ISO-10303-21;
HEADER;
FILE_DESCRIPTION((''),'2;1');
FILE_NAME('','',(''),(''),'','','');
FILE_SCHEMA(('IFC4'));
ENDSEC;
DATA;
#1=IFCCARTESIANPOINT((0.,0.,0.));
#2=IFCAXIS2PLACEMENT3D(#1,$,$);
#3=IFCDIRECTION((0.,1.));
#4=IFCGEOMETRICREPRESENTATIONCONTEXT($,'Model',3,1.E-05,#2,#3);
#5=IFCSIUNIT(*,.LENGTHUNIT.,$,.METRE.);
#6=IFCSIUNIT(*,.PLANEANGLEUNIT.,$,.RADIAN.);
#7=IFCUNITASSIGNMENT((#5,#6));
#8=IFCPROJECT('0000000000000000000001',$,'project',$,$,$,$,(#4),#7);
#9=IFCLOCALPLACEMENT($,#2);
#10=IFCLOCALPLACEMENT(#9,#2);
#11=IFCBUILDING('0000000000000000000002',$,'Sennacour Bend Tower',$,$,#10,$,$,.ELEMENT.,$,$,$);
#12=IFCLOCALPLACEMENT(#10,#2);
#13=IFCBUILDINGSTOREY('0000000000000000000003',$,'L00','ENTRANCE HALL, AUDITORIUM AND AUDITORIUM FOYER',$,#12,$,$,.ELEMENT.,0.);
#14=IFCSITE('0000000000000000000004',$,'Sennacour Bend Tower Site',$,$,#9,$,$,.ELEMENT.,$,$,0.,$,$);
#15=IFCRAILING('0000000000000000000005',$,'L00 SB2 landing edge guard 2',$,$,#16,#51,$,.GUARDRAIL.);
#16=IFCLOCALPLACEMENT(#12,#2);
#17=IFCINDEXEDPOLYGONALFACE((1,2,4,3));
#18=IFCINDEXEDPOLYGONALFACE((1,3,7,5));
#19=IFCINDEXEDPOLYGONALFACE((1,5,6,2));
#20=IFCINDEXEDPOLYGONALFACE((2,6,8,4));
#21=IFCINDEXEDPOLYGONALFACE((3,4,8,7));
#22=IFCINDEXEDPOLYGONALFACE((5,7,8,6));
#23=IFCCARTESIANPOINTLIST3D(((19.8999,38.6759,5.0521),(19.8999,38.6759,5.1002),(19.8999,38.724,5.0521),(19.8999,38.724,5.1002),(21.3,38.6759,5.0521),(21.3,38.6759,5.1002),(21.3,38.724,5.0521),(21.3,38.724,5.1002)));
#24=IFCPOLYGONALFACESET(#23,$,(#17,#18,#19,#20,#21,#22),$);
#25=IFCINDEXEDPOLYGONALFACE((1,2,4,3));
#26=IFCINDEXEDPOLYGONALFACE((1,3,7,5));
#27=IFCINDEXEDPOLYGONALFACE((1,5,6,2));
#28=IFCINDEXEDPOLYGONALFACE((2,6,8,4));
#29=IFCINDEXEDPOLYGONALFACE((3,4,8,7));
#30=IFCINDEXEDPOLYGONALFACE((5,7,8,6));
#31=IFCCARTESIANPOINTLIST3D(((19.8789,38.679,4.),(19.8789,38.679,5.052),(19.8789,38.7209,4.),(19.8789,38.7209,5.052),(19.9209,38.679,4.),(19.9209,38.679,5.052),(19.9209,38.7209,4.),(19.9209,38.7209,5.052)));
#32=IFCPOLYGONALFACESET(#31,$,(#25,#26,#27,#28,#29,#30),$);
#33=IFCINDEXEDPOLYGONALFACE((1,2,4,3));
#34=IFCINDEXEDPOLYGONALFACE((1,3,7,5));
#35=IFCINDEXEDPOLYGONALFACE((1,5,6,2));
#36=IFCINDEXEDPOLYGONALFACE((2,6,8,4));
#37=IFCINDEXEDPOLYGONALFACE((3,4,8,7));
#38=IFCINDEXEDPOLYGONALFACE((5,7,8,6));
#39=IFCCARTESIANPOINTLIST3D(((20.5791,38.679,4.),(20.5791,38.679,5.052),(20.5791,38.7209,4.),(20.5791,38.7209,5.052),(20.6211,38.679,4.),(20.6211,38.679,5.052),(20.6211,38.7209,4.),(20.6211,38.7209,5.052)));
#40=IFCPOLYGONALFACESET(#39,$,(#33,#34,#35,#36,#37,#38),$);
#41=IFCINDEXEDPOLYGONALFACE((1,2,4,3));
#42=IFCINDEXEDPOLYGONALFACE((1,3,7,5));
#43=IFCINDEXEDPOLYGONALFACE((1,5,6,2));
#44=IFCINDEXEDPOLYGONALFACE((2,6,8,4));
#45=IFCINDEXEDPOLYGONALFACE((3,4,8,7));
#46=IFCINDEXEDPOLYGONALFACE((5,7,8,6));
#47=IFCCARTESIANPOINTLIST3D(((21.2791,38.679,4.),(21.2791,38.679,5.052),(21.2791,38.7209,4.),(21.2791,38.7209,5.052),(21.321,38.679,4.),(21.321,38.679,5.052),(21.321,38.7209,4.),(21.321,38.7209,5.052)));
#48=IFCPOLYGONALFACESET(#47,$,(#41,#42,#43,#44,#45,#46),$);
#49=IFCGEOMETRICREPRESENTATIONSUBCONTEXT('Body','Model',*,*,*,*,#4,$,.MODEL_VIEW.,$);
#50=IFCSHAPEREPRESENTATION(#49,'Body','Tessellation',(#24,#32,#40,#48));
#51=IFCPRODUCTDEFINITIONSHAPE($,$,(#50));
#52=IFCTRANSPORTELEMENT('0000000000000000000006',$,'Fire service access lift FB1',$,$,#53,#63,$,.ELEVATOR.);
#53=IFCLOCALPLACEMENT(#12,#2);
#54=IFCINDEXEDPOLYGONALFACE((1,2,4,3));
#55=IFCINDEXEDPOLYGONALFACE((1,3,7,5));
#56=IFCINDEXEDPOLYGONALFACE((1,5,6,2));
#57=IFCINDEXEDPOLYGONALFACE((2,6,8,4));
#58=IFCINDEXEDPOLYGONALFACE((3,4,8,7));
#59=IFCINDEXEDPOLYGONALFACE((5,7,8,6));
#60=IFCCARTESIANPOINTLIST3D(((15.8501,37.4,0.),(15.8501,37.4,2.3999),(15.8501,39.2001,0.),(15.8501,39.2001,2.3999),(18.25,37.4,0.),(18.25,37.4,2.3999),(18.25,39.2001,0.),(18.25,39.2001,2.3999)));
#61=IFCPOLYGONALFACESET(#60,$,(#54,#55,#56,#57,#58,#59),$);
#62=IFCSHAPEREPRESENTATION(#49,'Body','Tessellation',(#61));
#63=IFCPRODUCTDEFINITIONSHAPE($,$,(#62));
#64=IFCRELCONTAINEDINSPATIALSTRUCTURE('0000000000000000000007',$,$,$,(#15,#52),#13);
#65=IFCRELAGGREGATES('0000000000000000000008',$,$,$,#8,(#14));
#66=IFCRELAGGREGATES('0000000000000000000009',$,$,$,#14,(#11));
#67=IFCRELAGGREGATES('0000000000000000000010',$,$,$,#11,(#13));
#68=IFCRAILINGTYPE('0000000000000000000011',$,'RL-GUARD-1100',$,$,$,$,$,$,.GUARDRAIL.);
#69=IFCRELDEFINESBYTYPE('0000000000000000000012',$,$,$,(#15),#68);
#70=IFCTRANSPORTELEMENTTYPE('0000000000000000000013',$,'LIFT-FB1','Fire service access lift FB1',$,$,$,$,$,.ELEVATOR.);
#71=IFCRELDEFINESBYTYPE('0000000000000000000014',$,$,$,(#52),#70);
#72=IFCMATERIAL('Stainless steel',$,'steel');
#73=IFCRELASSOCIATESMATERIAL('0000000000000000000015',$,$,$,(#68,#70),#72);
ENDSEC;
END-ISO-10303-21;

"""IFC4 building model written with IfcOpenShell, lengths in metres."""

from ifc_helpers import new_model, si_unit, direction, frame, origin, origin_2d, place, context, subcontext, project, spatial, rectangle, extrude, material, type_object, element, save


model = new_model("IFC4")

# Units and contexts
model_context = context("Model", 3, precision=1e-05, world=origin(), true_north=direction((0.0, 1.0)))
body_context = subcontext(model_context, "Body", "Model", "MODEL_VIEW")
ifc_project = project(units=[si_unit("LENGTHUNIT", "METRE"), si_unit("PLANEANGLEUNIT", "RADIAN")], contexts=[model_context])

# Site, building, storey
site_placement = place(None, origin())
site = spatial("IfcSite", under=ifc_project, at=site_placement, Name="Sennacour Bend Tower Site", CompositionType="ELEMENT", RefElevation=0.0)
building_placement = place(site_placement, origin())
building = spatial("IfcBuilding", under=site, at=building_placement, Name="Sennacour Bend Tower", CompositionType="ELEMENT")
storey_placement = place(building_placement, origin())
storey = spatial("IfcBuildingStorey", under=building, at=storey_placement, Name="L00", Description="ENTRANCE HALL, AUDITORIUM AND AUDITORIUM FOYER", CompositionType="ELEMENT", Elevation=0.0)

# Railing
ifc_material_1 = material(Name="Stainless steel", Category="steel")
railing_type = type_object("IfcRailingType", Name="RL-GUARD-1100", PredefinedType="GUARDRAIL", material=ifc_material_1)
railing_1_placement = place(storey_placement, frame((19.8999, 38.7, 4.0)))
element("IfcRailing", 1, at=railing_1_placement, inside=storey, type_object=railing_type, Name="L00 SB2 landing edge guard 2", PredefinedType="GUARDRAIL", context=body_context, shape_type="SweptSolid", body=[
    extrude(rectangle(XDim=0.0481, YDim=0.0481, at=origin_2d()), frame((0.0, 0.0, 1.0762), z_axis=(1.0, 0.0, 0.0), x_axis=(0.0, 1.0, 0.0)), (0.0, 0.0, 1.0), 1.4001),
    extrude(rectangle(XDim=0.042, YDim=0.042, at=origin_2d()), origin(), (0.0, 0.0, 1.0), 1.052),
    extrude(rectangle(XDim=0.042, YDim=0.042, at=origin_2d()), frame((0.7002, 0.0, 0.0)), (0.0, 0.0, 1.0), 1.052),
    extrude(rectangle(XDim=0.042, YDim=0.042, at=origin_2d()), frame((1.4001, 0.0, 0.0)), (0.0, 0.0, 1.0), 1.052),
])

# Transport element
transport_element_type = type_object("IfcTransportElementType", Name="LIFT-FB1", Description="Fire service access lift FB1", PredefinedType="ELEVATOR", material=ifc_material_1)
transport_element_placement = place(storey_placement, frame((17.05, 38.3, 0.0), z_axis=(0.0, 0.0, 1.0), x_axis=(1.0, 0.0, 0.0)))
element("IfcTransportElement", 2, at=transport_element_placement, inside=storey, type_object=transport_element_type, Name="Fire service access lift FB1", PredefinedType="ELEVATOR", context=body_context, shape_type="SweptSolid", body=[
    extrude(rectangle(XDim=2.3999, YDim=1.8, at=origin_2d()), origin(), (0.0, 0.0, 1.0), 2.3999),
])

save(model, "model.ifc")
